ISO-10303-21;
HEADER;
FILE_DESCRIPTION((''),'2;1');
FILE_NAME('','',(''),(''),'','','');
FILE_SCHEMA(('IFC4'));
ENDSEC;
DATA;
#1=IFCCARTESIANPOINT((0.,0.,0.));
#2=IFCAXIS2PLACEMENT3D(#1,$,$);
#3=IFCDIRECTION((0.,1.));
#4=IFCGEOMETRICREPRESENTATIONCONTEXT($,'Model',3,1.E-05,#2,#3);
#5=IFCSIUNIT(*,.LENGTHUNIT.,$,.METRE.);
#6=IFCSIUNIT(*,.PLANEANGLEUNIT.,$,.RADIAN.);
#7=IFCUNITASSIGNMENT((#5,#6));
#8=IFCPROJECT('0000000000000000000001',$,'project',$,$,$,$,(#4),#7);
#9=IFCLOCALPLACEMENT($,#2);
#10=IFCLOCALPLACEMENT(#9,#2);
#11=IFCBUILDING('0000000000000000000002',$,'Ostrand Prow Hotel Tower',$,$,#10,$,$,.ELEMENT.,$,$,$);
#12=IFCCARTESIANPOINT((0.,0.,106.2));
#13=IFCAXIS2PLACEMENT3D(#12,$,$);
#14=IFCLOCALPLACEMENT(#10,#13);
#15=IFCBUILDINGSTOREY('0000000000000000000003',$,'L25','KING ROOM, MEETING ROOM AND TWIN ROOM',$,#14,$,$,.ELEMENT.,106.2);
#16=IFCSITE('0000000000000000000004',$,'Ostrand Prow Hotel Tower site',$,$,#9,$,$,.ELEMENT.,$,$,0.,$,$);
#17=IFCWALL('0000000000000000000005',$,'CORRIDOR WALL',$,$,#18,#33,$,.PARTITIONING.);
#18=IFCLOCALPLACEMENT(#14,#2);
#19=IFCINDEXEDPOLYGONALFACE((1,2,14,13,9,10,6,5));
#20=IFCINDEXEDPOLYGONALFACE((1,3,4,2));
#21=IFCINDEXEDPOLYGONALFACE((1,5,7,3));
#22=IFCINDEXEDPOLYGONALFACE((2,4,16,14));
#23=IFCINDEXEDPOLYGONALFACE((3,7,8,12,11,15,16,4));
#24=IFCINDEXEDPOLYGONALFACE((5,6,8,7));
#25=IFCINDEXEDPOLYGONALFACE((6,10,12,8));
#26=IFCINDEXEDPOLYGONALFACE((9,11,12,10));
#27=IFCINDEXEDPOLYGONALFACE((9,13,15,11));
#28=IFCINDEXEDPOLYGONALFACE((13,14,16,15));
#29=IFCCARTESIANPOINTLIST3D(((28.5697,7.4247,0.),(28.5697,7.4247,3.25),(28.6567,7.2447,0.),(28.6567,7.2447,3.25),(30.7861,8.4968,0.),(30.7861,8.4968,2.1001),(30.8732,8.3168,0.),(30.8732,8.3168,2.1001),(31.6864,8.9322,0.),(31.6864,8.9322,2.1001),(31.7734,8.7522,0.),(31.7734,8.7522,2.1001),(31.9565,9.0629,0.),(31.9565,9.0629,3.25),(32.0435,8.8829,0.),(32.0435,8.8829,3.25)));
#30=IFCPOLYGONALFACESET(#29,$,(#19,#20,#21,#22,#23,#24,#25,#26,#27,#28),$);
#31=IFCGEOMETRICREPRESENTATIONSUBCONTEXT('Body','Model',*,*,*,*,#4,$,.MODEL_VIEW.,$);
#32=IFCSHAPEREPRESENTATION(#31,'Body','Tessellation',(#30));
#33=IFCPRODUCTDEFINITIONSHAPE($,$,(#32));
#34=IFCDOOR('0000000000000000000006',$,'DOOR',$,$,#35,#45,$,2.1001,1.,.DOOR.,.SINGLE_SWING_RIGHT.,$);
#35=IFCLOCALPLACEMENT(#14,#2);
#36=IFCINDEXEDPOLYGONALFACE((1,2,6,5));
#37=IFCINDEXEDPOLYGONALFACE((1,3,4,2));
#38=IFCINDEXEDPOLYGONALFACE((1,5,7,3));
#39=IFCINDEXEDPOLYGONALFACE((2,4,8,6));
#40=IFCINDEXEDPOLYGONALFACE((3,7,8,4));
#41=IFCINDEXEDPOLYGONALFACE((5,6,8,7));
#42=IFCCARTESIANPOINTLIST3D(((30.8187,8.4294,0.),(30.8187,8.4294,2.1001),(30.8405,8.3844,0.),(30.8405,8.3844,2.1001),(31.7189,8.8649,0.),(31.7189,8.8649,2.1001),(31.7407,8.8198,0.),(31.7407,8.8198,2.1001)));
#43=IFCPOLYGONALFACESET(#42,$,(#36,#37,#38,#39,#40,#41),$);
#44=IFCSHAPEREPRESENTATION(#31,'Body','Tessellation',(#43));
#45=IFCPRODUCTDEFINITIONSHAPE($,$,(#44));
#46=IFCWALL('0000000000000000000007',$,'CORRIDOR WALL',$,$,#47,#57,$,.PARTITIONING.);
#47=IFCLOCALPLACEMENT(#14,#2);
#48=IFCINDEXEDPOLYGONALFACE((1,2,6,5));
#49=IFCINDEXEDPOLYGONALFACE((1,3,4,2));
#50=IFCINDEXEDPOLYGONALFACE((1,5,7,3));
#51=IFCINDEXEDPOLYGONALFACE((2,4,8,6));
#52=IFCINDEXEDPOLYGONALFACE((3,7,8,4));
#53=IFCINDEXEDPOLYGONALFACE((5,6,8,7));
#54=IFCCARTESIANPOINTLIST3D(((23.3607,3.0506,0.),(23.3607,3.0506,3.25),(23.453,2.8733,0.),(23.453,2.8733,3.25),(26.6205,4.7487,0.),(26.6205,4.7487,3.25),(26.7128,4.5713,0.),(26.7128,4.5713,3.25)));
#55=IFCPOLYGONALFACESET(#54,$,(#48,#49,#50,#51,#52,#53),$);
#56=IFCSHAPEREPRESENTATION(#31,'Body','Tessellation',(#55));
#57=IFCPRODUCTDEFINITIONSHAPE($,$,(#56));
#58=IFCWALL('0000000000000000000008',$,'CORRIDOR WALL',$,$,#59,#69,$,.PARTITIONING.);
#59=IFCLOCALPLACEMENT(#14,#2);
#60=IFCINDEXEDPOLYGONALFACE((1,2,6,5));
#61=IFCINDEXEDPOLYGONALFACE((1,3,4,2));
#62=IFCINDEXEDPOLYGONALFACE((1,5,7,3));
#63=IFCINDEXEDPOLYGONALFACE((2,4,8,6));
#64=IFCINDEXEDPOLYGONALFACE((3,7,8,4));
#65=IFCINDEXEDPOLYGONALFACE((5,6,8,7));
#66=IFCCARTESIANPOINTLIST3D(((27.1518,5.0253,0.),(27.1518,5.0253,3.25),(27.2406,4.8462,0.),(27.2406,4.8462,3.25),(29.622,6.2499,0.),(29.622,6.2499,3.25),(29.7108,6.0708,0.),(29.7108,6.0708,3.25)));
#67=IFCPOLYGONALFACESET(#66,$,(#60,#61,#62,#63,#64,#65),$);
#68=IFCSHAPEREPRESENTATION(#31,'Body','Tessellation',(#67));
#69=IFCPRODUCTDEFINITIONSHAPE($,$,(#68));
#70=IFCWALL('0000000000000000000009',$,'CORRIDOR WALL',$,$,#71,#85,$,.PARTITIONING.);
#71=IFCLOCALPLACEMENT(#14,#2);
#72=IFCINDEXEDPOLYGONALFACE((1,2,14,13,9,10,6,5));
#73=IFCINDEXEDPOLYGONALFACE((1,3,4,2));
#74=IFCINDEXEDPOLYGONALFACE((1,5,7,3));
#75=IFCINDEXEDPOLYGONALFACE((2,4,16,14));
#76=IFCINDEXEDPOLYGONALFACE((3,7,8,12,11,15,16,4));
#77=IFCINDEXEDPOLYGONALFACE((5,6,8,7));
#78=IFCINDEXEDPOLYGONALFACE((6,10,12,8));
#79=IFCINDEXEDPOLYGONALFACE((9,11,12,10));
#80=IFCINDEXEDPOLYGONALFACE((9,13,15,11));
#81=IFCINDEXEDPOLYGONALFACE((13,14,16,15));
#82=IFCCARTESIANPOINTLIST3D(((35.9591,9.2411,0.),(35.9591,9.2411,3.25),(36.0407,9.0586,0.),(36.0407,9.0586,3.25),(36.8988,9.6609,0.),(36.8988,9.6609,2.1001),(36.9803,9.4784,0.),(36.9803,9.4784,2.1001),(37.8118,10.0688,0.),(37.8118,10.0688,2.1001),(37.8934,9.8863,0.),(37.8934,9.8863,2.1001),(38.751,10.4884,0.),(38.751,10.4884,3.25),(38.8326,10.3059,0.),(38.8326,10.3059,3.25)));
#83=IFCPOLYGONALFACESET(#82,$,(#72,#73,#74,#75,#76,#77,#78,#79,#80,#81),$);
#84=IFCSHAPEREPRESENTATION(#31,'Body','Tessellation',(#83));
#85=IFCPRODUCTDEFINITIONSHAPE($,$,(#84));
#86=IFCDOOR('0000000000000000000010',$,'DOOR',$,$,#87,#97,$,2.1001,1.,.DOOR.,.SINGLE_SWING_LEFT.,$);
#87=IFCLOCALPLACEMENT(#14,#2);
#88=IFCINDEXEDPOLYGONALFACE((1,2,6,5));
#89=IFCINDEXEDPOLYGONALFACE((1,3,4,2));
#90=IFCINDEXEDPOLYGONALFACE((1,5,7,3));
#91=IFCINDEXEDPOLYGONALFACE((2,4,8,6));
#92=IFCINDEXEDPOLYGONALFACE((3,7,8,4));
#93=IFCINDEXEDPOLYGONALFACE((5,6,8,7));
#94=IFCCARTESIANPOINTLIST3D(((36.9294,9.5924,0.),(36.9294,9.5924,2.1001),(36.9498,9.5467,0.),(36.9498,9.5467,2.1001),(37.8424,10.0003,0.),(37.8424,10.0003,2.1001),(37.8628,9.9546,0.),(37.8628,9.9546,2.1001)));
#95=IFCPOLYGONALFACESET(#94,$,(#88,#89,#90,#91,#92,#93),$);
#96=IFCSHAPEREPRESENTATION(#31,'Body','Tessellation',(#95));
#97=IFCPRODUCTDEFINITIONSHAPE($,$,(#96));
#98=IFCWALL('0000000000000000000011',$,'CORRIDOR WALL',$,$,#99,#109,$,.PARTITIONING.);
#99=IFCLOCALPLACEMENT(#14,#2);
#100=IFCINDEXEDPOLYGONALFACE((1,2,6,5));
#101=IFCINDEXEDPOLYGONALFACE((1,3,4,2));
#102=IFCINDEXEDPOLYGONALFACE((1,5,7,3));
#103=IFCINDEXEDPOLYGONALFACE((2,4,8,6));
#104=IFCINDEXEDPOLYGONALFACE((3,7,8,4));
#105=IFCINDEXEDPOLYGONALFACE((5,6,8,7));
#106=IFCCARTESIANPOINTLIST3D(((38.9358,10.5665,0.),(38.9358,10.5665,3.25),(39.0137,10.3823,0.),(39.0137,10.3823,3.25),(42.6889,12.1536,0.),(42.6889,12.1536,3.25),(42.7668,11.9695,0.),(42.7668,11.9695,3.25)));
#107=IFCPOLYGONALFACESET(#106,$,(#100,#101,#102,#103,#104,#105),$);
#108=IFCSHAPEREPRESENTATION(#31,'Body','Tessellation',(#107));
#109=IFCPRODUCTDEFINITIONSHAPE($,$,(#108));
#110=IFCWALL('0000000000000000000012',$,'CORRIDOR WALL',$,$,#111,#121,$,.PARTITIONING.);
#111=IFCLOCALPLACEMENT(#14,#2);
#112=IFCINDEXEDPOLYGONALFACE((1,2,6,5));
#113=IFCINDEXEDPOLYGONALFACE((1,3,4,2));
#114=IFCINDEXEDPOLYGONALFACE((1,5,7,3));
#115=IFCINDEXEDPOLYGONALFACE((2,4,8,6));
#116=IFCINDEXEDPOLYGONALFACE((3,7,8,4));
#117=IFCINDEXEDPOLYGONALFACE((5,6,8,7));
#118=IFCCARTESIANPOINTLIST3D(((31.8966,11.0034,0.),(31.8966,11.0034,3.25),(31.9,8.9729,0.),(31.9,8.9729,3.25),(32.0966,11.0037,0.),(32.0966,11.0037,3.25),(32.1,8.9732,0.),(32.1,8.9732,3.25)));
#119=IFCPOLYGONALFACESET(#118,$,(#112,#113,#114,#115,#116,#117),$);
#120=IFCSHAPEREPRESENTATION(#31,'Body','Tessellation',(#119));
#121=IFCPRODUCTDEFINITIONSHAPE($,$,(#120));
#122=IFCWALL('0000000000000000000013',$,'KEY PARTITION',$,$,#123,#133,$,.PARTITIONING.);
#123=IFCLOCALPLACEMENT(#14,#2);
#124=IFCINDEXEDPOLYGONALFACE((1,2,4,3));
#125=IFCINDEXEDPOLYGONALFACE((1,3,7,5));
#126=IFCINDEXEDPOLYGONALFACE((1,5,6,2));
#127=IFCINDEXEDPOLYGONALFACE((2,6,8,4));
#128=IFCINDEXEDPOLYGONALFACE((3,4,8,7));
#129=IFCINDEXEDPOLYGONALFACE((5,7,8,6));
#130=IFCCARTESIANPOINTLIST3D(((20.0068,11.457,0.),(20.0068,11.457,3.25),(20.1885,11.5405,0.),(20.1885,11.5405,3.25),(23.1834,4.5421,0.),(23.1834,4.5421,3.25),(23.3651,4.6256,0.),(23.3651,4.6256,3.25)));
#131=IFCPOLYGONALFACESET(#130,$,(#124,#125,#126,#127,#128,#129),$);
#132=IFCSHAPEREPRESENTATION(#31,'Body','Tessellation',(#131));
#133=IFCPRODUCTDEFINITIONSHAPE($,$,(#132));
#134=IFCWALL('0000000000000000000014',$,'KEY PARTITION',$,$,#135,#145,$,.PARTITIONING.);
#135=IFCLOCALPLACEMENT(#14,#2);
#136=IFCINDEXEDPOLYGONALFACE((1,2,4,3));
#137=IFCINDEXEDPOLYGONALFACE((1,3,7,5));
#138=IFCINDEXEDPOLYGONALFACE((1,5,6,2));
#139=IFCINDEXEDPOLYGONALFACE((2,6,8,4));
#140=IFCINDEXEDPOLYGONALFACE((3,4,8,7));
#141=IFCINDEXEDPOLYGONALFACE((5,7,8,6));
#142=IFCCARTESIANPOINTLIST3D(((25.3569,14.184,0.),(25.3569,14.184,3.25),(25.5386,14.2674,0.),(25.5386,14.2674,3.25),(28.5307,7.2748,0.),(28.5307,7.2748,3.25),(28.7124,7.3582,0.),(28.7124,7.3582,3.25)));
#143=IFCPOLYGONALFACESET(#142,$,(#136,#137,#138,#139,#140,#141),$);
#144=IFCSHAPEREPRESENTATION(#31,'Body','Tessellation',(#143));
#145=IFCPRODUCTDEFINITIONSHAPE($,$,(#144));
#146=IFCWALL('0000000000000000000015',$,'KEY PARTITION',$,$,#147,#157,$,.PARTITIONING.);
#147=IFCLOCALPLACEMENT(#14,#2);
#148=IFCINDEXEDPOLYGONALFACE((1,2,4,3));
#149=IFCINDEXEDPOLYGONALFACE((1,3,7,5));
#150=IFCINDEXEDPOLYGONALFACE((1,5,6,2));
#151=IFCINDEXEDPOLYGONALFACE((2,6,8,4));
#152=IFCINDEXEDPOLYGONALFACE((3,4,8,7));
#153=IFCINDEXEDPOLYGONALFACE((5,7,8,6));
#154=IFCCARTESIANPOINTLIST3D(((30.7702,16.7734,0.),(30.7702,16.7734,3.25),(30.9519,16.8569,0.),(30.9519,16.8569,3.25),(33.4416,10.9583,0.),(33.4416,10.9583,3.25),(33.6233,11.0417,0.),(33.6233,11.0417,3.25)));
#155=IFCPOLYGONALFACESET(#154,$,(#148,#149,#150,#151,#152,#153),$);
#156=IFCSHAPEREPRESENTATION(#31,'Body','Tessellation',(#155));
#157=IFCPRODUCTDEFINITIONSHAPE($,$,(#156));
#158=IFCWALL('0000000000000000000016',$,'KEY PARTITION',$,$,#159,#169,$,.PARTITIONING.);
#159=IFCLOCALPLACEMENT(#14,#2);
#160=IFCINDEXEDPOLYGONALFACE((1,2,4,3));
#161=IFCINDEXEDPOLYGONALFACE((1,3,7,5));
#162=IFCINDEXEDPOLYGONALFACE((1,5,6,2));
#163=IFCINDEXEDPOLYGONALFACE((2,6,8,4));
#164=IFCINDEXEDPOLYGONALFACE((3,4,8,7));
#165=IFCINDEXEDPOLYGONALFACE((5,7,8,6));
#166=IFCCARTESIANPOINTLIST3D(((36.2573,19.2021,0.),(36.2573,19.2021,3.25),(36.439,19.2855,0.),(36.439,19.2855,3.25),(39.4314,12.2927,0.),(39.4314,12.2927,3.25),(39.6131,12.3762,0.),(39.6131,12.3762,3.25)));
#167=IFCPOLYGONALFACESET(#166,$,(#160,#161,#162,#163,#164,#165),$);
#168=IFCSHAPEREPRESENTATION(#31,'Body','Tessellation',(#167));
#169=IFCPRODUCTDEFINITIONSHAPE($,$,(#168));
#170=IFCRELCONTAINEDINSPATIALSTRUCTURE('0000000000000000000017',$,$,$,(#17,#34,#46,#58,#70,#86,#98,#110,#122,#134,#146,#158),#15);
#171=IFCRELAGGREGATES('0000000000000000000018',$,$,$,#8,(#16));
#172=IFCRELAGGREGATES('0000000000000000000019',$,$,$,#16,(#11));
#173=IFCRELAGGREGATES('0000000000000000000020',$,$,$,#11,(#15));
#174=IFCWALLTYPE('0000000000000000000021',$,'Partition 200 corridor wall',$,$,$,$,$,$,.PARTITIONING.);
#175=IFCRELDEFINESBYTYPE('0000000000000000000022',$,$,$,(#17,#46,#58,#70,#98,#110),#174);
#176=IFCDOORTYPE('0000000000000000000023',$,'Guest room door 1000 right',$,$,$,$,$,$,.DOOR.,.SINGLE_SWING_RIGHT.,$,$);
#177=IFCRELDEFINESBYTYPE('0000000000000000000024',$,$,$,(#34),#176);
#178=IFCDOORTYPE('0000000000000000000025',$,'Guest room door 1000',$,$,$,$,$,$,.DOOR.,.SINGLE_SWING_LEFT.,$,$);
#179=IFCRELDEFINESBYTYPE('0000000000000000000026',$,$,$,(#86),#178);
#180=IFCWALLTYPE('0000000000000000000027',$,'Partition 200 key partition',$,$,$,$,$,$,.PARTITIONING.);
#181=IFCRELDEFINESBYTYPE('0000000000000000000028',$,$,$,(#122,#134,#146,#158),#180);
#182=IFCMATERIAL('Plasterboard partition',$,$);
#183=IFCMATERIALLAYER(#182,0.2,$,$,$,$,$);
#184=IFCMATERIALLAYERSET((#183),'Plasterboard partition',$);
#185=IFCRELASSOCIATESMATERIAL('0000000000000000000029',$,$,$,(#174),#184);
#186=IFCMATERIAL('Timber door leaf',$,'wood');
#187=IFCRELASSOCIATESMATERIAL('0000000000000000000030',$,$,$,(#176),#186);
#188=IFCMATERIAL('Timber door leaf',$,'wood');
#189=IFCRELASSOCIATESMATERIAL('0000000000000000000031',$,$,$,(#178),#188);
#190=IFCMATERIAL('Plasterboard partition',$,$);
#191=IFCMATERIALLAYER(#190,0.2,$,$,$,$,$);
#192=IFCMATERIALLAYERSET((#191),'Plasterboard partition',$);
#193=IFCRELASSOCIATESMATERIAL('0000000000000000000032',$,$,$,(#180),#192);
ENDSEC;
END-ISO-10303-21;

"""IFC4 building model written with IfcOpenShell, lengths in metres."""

from ifc_helpers import new_model, si_unit, direction, frame, frame_2d, origin, place, context, subcontext, project, spatial, rectangle, extrude, material, layer, layer_set, type_object, element, fill, save


model = new_model("IFC4")

# Units and contexts
model_context = context("Model", 3, precision=1e-05, world=origin(), true_north=direction((0.0, 1.0)))
body_context = subcontext(model_context, "Body", "Model", "MODEL_VIEW")
ifc_project = project(units=[si_unit("LENGTHUNIT", "METRE"), si_unit("PLANEANGLEUNIT", "RADIAN")], contexts=[model_context])

# Site, building, storey
site_placement = place(None, origin())
site = spatial("IfcSite", under=ifc_project, at=site_placement, Name="Ostrand Prow Hotel Tower site", CompositionType="ELEMENT", RefElevation=0.0)
building_placement = place(site_placement, origin())
building = spatial("IfcBuilding", under=site, at=building_placement, Name="Ostrand Prow Hotel Tower", CompositionType="ELEMENT")
storey_placement = place(building_placement, frame((0.0, 0.0, 106.2)))
storey = spatial("IfcBuildingStorey", under=building, at=storey_placement, Name="L25", Description="KING ROOM, MEETING ROOM AND TWIN ROOM", CompositionType="ELEMENT", Elevation=106.2)

# Wall, opening, door
ifc_material_1 = material(Name="Plasterboard partition")
ifc_layer_1 = layer(ifc_material_1, 0.2)
ifc_layer_set_1 = layer_set([ifc_layer_1], Name="Plasterboard partition")
wall_type_1 = type_object("IfcWallType", Name="Partition 200 corridor wall", PredefinedType="PARTITIONING", material=ifc_layer_set_1)
wall_1_placement = place(storey_placement, frame((32.0, 8.9729, 0.0), z_axis=(0.0, 0.0, 1.0), x_axis=(-0.900217, -0.435442, 0.0)))
wall_1 = element("IfcWall", 1, at=wall_1_placement, inside=storey, type_object=wall_type_1, Name="CORRIDOR WALL", PredefinedType="PARTITIONING", context=body_context, shape_type="SweptSolid", body=[
    extrude(rectangle(XDim=3.7622, YDim=0.2, at=frame_2d((1.8811, 0.0))), origin(), (0.0, 0.0, 1.0), 3.25),
])
opening_1_placement = place(wall_1_placement, frame((0.3, 0.0, 0.0)))
opening_1 = element("IfcOpeningElement", 2, at=opening_1_placement, cuts=wall_1, PredefinedType="OPENING", context=body_context, shape_type="SweptSolid", body=[
    extrude(rectangle(XDim=1.0, YDim=2.1001, at=frame_2d((0.5, 1.05))), frame((0.0, 0.1099, 0.0), z_axis=(0.0, -1.0, 0.0), x_axis=(1.0, 0.0, 0.0)), (0.0, 0.0, 1.0), 0.22),
])
ifc_material_2 = material(Name="Timber door leaf", Category="wood")
door_type_1 = type_object("IfcDoorType", Name="Guest room door 1000 right", OperationType="SINGLE_SWING_RIGHT", PredefinedType="DOOR", material=ifc_material_2)
door_1_placement = place(opening_1_placement, origin())
door_1 = element("IfcDoor", 3, at=door_1_placement, inside=storey, type_object=door_type_1, Name="DOOR", OperationType="SINGLE_SWING_RIGHT", OverallHeight=2.1001, OverallWidth=1.0, PredefinedType="DOOR", context=body_context, shape_type="SweptSolid", body=[
    extrude(rectangle(XDim=1.0, YDim=2.1001, at=frame_2d((0.5, 1.05))), frame((0.0, 0.0249, 0.0), z_axis=(0.0, -1.0, 0.0), x_axis=(1.0, 0.0, 0.0)), (0.0, 0.0, 1.0), 0.05),
])
fill(opening_1, door_1)

# Walls
wall_2_placement = place(storey_placement, frame((23.4067, 2.9619, 0.0), z_axis=(0.0, 0.0, 1.0), x_axis=(0.886891, 0.461978, 0.0)))
element("IfcWall", 4, at=wall_2_placement, inside=storey, type_object=wall_type_1, Name="CORRIDOR WALL", PredefinedType="PARTITIONING", context=body_context, shape_type="SweptSolid", body=[
    extrude(rectangle(XDim=3.6755, YDim=0.2, at=frame_2d((1.8379, 0.0))), origin(), (0.0, 0.0, 1.0), 3.25),
])
wall_3_placement = place(storey_placement, frame((27.1963, 4.9358, 0.0), z_axis=(0.0, 0.0, 1.0), x_axis=(0.895945, 0.444165, 0.0)))
element("IfcWall", 5, at=wall_3_placement, inside=storey, type_object=wall_type_1, Name="CORRIDOR WALL", PredefinedType="PARTITIONING", context=body_context, shape_type="SweptSolid", body=[
    extrude(rectangle(XDim=2.7571, YDim=0.2, at=frame_2d((1.3784, 0.0))), origin(), (0.0, 0.0, 1.0), 3.25),
])

# Wall, opening, door
wall_4_placement = place(storey_placement, frame((36.0, 9.1499, 0.0), z_axis=(0.0, 0.0, 1.0), x_axis=(0.91303, 0.407893, 0.0)))
wall_4 = element("IfcWall", 6, at=wall_4_placement, inside=storey, type_object=wall_type_1, Name="CORRIDOR WALL", PredefinedType="PARTITIONING", context=body_context, shape_type="SweptSolid", body=[
    extrude(rectangle(XDim=3.0579, YDim=0.2, at=frame_2d((1.5288, 0.0))), origin(), (0.0, 0.0, 1.0), 3.25),
])
opening_2_placement = place(wall_4_placement, frame((1.0291, 0.0, 0.0)))
opening_2 = element("IfcOpeningElement", 7, at=opening_2_placement, cuts=wall_4, PredefinedType="OPENING", context=body_context, shape_type="SweptSolid", body=[
    extrude(rectangle(XDim=1.0, YDim=2.1001, at=frame_2d((0.5, 1.05))), frame((0.0, 0.1099, 0.0), z_axis=(0.0, -1.0, 0.0), x_axis=(1.0, 0.0, 0.0)), (0.0, 0.0, 1.0), 0.22),
])
ifc_material_3 = material(Name="Timber door leaf", Category="wood")
door_type_2 = type_object("IfcDoorType", Name="Guest room door 1000", OperationType="SINGLE_SWING_LEFT", PredefinedType="DOOR", material=ifc_material_3)
door_2_placement = place(opening_2_placement, origin())
door_2 = element("IfcDoor", 8, at=door_2_placement, inside=storey, type_object=door_type_2, Name="DOOR", OperationType="SINGLE_SWING_LEFT", OverallHeight=2.1001, OverallWidth=1.0, PredefinedType="DOOR", context=body_context, shape_type="SweptSolid", body=[
    extrude(rectangle(XDim=1.0, YDim=2.1001, at=frame_2d((0.5, 1.05))), frame((0.0, 0.0249, 0.0), z_axis=(0.0, -1.0, 0.0), x_axis=(1.0, 0.0, 0.0)), (0.0, 0.0, 1.0), 0.05),
])
fill(opening_2, door_2)

# Walls
wall_5_placement = place(storey_placement, frame((38.9746, 10.4744, 0.0), z_axis=(0.0, 0.0, 1.0), x_axis=(0.921031, 0.389489, 0.0)))
element("IfcWall", 9, at=wall_5_placement, inside=storey, type_object=wall_type_1, Name="CORRIDOR WALL", PredefinedType="PARTITIONING", context=body_context, shape_type="SweptSolid", body=[
    extrude(rectangle(XDim=4.075, YDim=0.2, at=frame_2d((2.0376, 0.0))), origin(), (0.0, 0.0, 1.0), 3.25),
])
wall_6_placement = place(storey_placement, frame((31.9966, 11.0034, 0.0), z_axis=(0.0, 0.0, 1.0), x_axis=(0.001683, -0.999999, 0.0)))
element("IfcWall", 10, at=wall_6_placement, inside=storey, type_object=wall_type_1, Name="CORRIDOR WALL", PredefinedType="PARTITIONING", context=body_context, shape_type="SweptSolid", body=[
    extrude(rectangle(XDim=2.0305, YDim=0.2, at=frame_2d((1.0151, 0.0))), origin(), (0.0, 0.0, 1.0), 3.25),
])
ifc_material_4 = material(Name="Plasterboard partition")
ifc_layer_2 = layer(ifc_material_4, 0.2)
ifc_layer_set_2 = layer_set([ifc_layer_2], Name="Plasterboard partition")
wall_type_2 = type_object("IfcWallType", Name="Partition 200 key partition", PredefinedType="PARTITIONING", material=ifc_layer_set_2)
wall_7_placement = place(storey_placement, frame((23.2742, 4.584, 0.0), z_axis=(0.0, 0.0, 1.0), x_axis=(-0.41744, 0.908704, 0.0)))
element("IfcWall", 11, at=wall_7_placement, inside=storey, type_object=wall_type_2, Name="KEY PARTITION", PredefinedType="PARTITIONING", context=body_context, shape_type="SweptSolid", body=[
    extrude(rectangle(XDim=7.6096, YDim=0.2, at=frame_2d((3.8047, 0.0))), origin(), (0.0, 0.0, 1.0), 3.25),
])
wall_8_placement = place(storey_placement, frame((28.6216, 7.3164, 0.0), z_axis=(0.0, 0.0, 1.0), x_axis=(-0.417429, 0.90871, 0.0)))
element("IfcWall", 12, at=wall_8_placement, inside=storey, type_object=wall_type_2, Name="KEY PARTITION", PredefinedType="PARTITIONING", context=body_context, shape_type="SweptSolid", body=[
    extrude(rectangle(XDim=7.6033, YDim=0.2, at=frame_2d((3.8018, 0.0))), origin(), (0.0, 0.0, 1.0), 3.25),
])
wall_9_placement = place(storey_placement, frame((33.5325, 11.0, 0.0), z_axis=(0.0, 0.0, 1.0), x_axis=(-0.417441, 0.908704, 0.0)))
element("IfcWall", 13, at=wall_9_placement, inside=storey, type_object=wall_type_2, Name="KEY PARTITION", PredefinedType="PARTITIONING", context=body_context, shape_type="SweptSolid", body=[
    extrude(rectangle(XDim=6.3994, YDim=0.2, at=frame_2d((3.1997, 0.0))), origin(), (0.0, 0.0, 1.0), 3.25),
])
wall_10_placement = place(storey_placement, frame((39.5222, 12.3345, 0.0), z_axis=(0.0, 0.0, 1.0), x_axis=(-0.417443, 0.908703, 0.0)))
element("IfcWall", 14, at=wall_10_placement, inside=storey, type_object=wall_type_2, Name="KEY PARTITION", PredefinedType="PARTITIONING", context=body_context, shape_type="SweptSolid", body=[
    extrude(rectangle(XDim=7.6035, YDim=0.2, at=frame_2d((3.8018, 0.0))), origin(), (0.0, 0.0, 1.0), 3.25),
])

save(model, "model.ifc")
